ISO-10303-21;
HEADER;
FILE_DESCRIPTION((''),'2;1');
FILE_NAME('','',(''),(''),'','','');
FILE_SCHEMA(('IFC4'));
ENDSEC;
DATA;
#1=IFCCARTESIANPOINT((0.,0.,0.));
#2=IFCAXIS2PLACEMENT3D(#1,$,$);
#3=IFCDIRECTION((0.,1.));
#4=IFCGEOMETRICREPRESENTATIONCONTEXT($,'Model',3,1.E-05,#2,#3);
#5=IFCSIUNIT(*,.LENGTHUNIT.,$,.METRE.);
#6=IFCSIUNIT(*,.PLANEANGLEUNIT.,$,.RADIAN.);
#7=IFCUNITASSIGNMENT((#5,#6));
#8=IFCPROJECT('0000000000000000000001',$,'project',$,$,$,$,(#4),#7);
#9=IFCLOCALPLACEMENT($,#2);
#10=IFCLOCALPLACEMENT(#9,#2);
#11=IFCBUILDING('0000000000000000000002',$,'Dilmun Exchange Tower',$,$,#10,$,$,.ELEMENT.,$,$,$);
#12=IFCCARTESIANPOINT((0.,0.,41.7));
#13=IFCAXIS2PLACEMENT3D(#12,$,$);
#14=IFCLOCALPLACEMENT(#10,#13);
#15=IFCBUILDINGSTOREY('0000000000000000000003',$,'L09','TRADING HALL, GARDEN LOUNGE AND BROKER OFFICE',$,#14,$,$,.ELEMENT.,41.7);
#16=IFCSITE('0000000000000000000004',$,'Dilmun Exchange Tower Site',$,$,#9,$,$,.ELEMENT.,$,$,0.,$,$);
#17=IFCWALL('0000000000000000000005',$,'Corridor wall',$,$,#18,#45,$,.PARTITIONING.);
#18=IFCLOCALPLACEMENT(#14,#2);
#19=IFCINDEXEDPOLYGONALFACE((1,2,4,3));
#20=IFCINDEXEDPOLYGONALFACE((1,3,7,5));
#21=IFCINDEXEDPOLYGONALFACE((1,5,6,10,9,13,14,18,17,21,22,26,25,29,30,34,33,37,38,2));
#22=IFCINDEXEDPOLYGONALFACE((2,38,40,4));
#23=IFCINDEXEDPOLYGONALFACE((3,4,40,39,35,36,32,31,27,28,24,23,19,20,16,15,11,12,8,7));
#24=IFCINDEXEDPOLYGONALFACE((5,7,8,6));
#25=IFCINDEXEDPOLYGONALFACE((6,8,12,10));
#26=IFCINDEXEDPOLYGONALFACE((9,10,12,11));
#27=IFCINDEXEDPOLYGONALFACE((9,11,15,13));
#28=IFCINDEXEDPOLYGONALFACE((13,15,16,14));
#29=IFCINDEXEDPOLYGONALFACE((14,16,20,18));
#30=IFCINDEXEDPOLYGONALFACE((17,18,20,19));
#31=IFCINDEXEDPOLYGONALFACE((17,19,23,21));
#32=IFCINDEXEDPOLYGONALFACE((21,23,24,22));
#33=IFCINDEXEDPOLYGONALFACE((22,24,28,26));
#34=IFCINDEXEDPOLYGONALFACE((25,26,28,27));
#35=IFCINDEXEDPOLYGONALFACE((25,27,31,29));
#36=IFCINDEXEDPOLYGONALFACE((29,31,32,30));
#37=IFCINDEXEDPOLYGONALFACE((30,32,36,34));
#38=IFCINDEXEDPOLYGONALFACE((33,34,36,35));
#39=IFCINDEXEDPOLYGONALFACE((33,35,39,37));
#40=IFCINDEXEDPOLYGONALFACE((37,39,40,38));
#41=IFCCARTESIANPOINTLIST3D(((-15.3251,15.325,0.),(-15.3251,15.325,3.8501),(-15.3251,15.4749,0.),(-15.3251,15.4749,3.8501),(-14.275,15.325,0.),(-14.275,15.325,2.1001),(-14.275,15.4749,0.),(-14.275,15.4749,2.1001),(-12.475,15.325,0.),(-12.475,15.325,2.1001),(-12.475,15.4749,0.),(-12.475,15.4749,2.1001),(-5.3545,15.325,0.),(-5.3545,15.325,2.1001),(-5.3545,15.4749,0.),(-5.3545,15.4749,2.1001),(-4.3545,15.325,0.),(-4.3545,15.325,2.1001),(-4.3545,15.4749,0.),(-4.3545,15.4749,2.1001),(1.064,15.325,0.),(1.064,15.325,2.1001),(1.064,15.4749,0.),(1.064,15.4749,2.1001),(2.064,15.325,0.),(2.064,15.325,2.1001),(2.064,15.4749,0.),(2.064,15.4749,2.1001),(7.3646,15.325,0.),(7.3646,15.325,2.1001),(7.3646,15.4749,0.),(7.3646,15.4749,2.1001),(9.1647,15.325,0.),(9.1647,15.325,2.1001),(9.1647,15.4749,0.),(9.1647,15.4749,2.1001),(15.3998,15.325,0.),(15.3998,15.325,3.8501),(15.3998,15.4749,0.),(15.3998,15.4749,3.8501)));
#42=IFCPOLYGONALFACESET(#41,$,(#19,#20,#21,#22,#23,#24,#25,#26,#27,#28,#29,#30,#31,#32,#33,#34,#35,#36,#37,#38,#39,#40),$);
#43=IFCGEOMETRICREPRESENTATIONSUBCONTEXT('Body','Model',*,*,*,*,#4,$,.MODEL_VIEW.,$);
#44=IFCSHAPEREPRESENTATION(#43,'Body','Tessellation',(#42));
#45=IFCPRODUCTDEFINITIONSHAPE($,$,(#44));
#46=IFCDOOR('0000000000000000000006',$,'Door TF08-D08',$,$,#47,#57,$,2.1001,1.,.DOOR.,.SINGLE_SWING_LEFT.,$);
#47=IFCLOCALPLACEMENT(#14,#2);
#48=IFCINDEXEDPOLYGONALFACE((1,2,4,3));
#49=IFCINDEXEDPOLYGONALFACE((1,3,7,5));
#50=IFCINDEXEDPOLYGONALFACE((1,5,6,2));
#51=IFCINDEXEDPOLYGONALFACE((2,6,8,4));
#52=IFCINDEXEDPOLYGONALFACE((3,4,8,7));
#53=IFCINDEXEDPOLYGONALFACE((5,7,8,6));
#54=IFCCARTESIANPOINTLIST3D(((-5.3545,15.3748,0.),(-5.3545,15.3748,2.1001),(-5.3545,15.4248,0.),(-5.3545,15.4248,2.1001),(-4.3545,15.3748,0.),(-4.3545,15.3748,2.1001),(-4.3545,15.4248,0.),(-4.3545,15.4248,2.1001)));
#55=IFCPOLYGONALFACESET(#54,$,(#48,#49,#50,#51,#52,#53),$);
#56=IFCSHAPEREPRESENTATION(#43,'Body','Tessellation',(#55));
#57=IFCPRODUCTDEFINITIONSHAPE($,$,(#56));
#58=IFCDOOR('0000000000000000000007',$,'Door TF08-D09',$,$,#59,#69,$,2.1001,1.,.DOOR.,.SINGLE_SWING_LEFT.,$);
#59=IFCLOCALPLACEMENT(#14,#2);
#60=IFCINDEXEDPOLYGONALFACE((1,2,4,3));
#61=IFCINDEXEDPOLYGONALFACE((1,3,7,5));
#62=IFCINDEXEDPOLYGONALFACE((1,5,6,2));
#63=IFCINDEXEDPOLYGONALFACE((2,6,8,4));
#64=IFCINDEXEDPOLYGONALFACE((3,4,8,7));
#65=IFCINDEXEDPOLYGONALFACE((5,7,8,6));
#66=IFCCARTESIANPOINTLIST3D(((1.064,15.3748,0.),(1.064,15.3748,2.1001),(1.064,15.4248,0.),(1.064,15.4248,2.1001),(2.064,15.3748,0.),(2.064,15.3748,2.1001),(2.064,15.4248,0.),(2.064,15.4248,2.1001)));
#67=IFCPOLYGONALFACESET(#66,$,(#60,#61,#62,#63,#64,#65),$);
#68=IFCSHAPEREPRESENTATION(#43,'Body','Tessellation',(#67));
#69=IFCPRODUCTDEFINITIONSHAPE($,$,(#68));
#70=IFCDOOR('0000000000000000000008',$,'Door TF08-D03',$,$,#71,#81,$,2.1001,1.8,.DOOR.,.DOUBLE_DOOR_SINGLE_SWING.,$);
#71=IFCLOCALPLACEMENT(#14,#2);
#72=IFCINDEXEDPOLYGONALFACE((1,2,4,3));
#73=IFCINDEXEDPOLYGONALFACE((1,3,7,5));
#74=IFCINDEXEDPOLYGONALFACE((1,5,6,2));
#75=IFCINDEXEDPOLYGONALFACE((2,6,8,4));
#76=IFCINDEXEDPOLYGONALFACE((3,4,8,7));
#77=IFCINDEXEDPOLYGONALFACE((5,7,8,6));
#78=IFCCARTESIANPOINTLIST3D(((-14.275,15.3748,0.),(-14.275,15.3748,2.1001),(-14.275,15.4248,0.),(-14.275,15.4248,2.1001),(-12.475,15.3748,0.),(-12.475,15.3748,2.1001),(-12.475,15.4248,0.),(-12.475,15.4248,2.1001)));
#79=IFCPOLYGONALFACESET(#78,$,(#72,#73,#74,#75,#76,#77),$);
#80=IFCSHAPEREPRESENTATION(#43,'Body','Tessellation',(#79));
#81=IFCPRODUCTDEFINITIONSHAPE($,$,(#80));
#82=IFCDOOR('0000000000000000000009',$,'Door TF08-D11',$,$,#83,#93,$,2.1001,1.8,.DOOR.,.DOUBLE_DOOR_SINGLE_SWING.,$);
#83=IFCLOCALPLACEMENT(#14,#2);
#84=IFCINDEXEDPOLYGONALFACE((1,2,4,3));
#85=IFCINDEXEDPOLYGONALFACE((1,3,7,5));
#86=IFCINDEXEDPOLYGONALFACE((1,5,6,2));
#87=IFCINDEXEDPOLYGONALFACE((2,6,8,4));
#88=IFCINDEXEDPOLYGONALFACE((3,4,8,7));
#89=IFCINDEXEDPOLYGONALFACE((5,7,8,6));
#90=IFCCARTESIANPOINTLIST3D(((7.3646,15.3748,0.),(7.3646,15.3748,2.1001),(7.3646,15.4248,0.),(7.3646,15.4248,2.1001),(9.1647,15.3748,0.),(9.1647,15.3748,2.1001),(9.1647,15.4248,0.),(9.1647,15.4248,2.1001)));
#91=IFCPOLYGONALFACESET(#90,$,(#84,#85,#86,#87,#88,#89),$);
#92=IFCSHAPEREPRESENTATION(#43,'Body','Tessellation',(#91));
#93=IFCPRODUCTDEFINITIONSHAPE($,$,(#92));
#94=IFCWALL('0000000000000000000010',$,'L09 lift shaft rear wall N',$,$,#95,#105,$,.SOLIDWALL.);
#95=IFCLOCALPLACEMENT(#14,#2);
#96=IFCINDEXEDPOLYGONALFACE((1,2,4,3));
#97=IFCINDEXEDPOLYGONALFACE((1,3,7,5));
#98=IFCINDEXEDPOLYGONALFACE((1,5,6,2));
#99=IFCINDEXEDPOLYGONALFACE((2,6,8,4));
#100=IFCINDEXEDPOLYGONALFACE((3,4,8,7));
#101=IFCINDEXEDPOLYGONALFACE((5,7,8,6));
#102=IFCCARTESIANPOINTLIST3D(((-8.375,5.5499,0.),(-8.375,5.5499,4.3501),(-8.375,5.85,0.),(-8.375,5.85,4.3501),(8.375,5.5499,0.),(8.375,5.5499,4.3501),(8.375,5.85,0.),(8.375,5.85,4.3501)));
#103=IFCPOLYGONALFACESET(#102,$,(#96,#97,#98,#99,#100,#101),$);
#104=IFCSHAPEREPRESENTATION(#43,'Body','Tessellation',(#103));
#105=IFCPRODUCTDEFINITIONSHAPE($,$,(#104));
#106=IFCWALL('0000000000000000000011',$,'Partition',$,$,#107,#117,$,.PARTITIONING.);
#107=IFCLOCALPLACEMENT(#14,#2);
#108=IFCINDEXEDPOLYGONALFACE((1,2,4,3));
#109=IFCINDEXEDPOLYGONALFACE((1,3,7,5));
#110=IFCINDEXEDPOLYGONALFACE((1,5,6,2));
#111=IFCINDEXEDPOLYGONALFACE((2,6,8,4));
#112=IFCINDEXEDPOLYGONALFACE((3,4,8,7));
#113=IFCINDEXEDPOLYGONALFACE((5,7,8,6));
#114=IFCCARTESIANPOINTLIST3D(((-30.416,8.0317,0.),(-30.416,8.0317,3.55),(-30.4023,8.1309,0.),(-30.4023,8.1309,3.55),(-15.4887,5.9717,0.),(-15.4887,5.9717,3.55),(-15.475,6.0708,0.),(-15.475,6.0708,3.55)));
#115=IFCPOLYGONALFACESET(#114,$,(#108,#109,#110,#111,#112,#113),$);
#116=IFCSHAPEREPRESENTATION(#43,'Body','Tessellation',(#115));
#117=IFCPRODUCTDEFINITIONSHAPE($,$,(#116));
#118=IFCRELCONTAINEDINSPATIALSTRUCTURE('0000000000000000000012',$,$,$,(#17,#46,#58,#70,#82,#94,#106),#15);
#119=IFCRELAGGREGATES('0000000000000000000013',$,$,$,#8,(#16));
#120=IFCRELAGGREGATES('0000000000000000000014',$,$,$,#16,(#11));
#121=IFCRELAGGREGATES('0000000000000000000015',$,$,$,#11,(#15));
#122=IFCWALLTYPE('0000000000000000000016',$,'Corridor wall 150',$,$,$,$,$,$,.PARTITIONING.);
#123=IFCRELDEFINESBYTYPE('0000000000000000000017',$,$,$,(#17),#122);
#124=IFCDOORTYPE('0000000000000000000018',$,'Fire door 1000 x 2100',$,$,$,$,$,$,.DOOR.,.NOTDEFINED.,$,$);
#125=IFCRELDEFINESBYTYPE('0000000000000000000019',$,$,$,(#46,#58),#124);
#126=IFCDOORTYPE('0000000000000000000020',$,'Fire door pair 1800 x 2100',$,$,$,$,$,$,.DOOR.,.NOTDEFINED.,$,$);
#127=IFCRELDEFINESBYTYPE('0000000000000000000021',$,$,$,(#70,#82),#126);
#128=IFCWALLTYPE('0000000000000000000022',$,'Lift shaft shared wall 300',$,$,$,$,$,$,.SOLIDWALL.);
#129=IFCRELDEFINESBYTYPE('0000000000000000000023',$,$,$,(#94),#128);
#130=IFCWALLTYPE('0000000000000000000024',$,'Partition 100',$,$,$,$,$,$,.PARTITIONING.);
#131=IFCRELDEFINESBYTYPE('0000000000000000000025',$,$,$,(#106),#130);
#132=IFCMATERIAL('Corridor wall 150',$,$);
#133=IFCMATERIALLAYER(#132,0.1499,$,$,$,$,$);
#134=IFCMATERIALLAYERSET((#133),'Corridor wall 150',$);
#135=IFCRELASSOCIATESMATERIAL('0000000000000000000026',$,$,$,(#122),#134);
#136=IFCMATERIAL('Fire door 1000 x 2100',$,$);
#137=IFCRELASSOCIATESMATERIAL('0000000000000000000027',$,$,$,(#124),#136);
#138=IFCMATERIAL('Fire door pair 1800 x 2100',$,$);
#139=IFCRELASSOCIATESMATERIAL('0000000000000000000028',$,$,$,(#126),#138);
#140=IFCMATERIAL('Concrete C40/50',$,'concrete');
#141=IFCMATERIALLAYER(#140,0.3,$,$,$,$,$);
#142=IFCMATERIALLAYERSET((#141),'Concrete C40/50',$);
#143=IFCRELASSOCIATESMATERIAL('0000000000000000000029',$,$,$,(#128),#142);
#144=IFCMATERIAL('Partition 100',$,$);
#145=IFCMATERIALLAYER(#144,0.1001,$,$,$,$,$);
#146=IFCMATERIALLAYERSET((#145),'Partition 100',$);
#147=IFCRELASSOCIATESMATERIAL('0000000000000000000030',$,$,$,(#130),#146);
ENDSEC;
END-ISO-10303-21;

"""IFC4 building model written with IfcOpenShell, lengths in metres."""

from ifc_helpers import new_model, si_unit, direction, frame, frame_2d, origin, place, context, subcontext, project, spatial, rectangle, extrude, material, layer, layer_set, type_object, element, fill, save


model = new_model("IFC4")

# Units and contexts
model_context = context("Model", 3, precision=1e-05, world=origin(), true_north=direction((0.0, 1.0)))
body_context = subcontext(model_context, "Body", "Model", "MODEL_VIEW")
ifc_project = project(units=[si_unit("LENGTHUNIT", "METRE"), si_unit("PLANEANGLEUNIT", "RADIAN")], contexts=[model_context])

# Site, building, storey
site_placement = place(None, origin())
site = spatial("IfcSite", under=ifc_project, at=site_placement, Name="Dilmun Exchange Tower Site", CompositionType="ELEMENT", RefElevation=0.0)
building_placement = place(site_placement, origin())
building = spatial("IfcBuilding", under=site, at=building_placement, Name="Dilmun Exchange Tower", CompositionType="ELEMENT")
storey_placement = place(building_placement, frame((0.0, 0.0, 41.7)))
storey = spatial("IfcBuildingStorey", under=building, at=storey_placement, Name="L09", Description="TRADING HALL, GARDEN LOUNGE AND BROKER OFFICE", CompositionType="ELEMENT", Elevation=41.7)

# Shared definitions
ifc_material_1 = material(Name="Concrete C40/50", Category="concrete")

# Wall, openings, doors
ifc_material_2 = material(Name="Corridor wall 150")
ifc_layer_1 = layer(ifc_material_2, 0.1499)
ifc_layer_set_1 = layer_set([ifc_layer_1], Name="Corridor wall 150")
wall_type_1 = type_object("IfcWallType", Name="Corridor wall 150", PredefinedType="PARTITIONING", material=ifc_layer_set_1)
wall_1_placement = place(storey_placement, frame((-15.325, 15.3999, 0.0), z_axis=(0.0, 0.0, 1.0), x_axis=(1.0, 0.0, 0.0)))
wall_1 = element("IfcWall", 1, at=wall_1_placement, inside=storey, type_object=wall_type_1, Name="Corridor wall", PredefinedType="PARTITIONING", context=body_context, shape_type="SweptSolid", body=[
    extrude(rectangle(XDim=30.7249, YDim=0.1499, at=frame_2d((15.3623, 0.0))), origin(), (0.0, 0.0, 1.0), 3.8501),
])
opening_1_placement = place(wall_1_placement, frame((1.05, 0.0, 0.0)))
opening_1 = element("IfcOpeningElement", 2, at=opening_1_placement, cuts=wall_1, PredefinedType="OPENING", context=body_context, shape_type="SweptSolid", body=[
    extrude(rectangle(XDim=1.8, YDim=2.1001, at=frame_2d((0.8999, 1.05))), frame((0.0, 0.085, 0.0), z_axis=(0.0, -1.0, 0.0), x_axis=(1.0, 0.0, 0.0)), (0.0, 0.0, 1.0), 0.1699),
])
opening_2_placement = place(wall_1_placement, frame((9.9705, 0.0, 0.0)))
opening_2 = element("IfcOpeningElement", 3, at=opening_2_placement, cuts=wall_1, PredefinedType="OPENING", context=body_context, shape_type="SweptSolid", body=[
    extrude(rectangle(XDim=1.0, YDim=2.1001, at=frame_2d((0.5, 1.05))), frame((0.0, 0.085, 0.0), z_axis=(0.0, -1.0, 0.0), x_axis=(1.0, 0.0, 0.0)), (0.0, 0.0, 1.0), 0.1699),
])
opening_3_placement = place(wall_1_placement, frame((16.3889, 0.0, 0.0)))
opening_3 = element("IfcOpeningElement", 4, at=opening_3_placement, cuts=wall_1, PredefinedType="OPENING", context=body_context, shape_type="SweptSolid", body=[
    extrude(rectangle(XDim=1.0, YDim=2.1001, at=frame_2d((0.5, 1.05))), frame((0.0, 0.085, 0.0), z_axis=(0.0, -1.0, 0.0), x_axis=(1.0, 0.0, 0.0)), (0.0, 0.0, 1.0), 0.1699),
])
opening_4_placement = place(wall_1_placement, frame((22.6897, 0.0, 0.0)))
opening_4 = element("IfcOpeningElement", 5, at=opening_4_placement, cuts=wall_1, PredefinedType="OPENING", context=body_context, shape_type="SweptSolid", body=[
    extrude(rectangle(XDim=1.8, YDim=2.1001, at=frame_2d((0.8999, 1.05))), frame((0.0, 0.085, 0.0), z_axis=(0.0, -1.0, 0.0), x_axis=(1.0, 0.0, 0.0)), (0.0, 0.0, 1.0), 0.1699),
])
ifc_material_3 = material(Name="Fire door 1000 x 2100")
door_type_1 = type_object("IfcDoorType", Name="Fire door 1000 x 2100", OperationType="NOTDEFINED", PredefinedType="DOOR", material=ifc_material_3)
door_1_placement = place(opening_2_placement, origin())
door_1 = element("IfcDoor", 6, at=door_1_placement, inside=storey, type_object=door_type_1, Name="Door TF08-D08", OperationType="SINGLE_SWING_LEFT", OverallHeight=2.1001, OverallWidth=1.0, PredefinedType="DOOR", context=body_context, shape_type="SweptSolid", body=[
    extrude(rectangle(XDim=1.0, YDim=2.1001, at=frame_2d((0.5, 1.05))), frame((0.0, 0.0249, 0.0), z_axis=(0.0, -1.0, 0.0), x_axis=(1.0, 0.0, 0.0)), (0.0, 0.0, 1.0), 0.05),
])
fill(opening_2, door_1)
door_2_placement = place(opening_3_placement, origin())
door_2 = element("IfcDoor", 7, at=door_2_placement, inside=storey, type_object=door_type_1, Name="Door TF08-D09", OperationType="SINGLE_SWING_LEFT", OverallHeight=2.1001, OverallWidth=1.0, PredefinedType="DOOR", context=body_context, shape_type="SweptSolid", body=[
    extrude(rectangle(XDim=1.0, YDim=2.1001, at=frame_2d((0.5, 1.05))), frame((0.0, 0.0249, 0.0), z_axis=(0.0, -1.0, 0.0), x_axis=(1.0, 0.0, 0.0)), (0.0, 0.0, 1.0), 0.05),
])
fill(opening_3, door_2)
ifc_material_4 = material(Name="Fire door pair 1800 x 2100")
door_type_2 = type_object("IfcDoorType", Name="Fire door pair 1800 x 2100", OperationType="NOTDEFINED", PredefinedType="DOOR", material=ifc_material_4)
door_3_placement = place(opening_1_placement, origin())
door_3 = element("IfcDoor", 8, at=door_3_placement, inside=storey, type_object=door_type_2, Name="Door TF08-D03", OperationType="DOUBLE_DOOR_SINGLE_SWING", OverallHeight=2.1001, OverallWidth=1.8, PredefinedType="DOOR", context=body_context, shape_type="SweptSolid", body=[
    extrude(rectangle(XDim=1.8, YDim=2.1001, at=frame_2d((0.8999, 1.05))), frame((0.0, 0.0249, 0.0), z_axis=(0.0, -1.0, 0.0), x_axis=(1.0, 0.0, 0.0)), (0.0, 0.0, 1.0), 0.05),
])
fill(opening_1, door_3)
door_4_placement = place(opening_4_placement, origin())
door_4 = element("IfcDoor", 9, at=door_4_placement, inside=storey, type_object=door_type_2, Name="Door TF08-D11", OperationType="DOUBLE_DOOR_SINGLE_SWING", OverallHeight=2.1001, OverallWidth=1.8, PredefinedType="DOOR", context=body_context, shape_type="SweptSolid", body=[
    extrude(rectangle(XDim=1.8, YDim=2.1001, at=frame_2d((0.8999, 1.05))), frame((0.0, 0.0249, 0.0), z_axis=(0.0, -1.0, 0.0), x_axis=(1.0, 0.0, 0.0)), (0.0, 0.0, 1.0), 0.05),
])
fill(opening_4, door_4)

# Walls
ifc_layer_2 = layer(ifc_material_1, 0.3)
ifc_layer_set_2 = layer_set([ifc_layer_2], Name="Concrete C40/50")
wall_type_2 = type_object("IfcWallType", Name="Lift shaft shared wall 300", PredefinedType="SOLIDWALL", material=ifc_layer_set_2)
wall_2_placement = place(storey_placement, frame((-8.375, 5.7, 0.0), z_axis=(0.0, 0.0, 1.0), x_axis=(1.0, 0.0, 0.0)))
element("IfcWall", 10, at=wall_2_placement, inside=storey, type_object=wall_type_2, Name="L09 lift shaft rear wall N", PredefinedType="SOLIDWALL", context=body_context, shape_type="SweptSolid", body=[
    extrude(rectangle(XDim=16.75, YDim=0.3, at=frame_2d((8.375, 0.0))), origin(), (0.0, 0.0, 1.0), 4.3501),
])
ifc_material_5 = material(Name="Partition 100")
ifc_layer_3 = layer(ifc_material_5, 0.1001)
ifc_layer_set_3 = layer_set([ifc_layer_3], Name="Partition 100")
wall_type_3 = type_object("IfcWallType", Name="Partition 100", PredefinedType="PARTITIONING", material=ifc_layer_set_3)
wall_3_placement = place(storey_placement, frame((-30.4092, 8.0813, 0.0), z_axis=(0.0, 0.0, 1.0), x_axis=(0.990611, -0.136709, 0.0)))
element("IfcWall", 11, at=wall_3_placement, inside=storey, type_object=wall_type_3, Name="Partition", PredefinedType="PARTITIONING", context=body_context, shape_type="SweptSolid", body=[
    extrude(rectangle(XDim=15.0688, YDim=0.1001, at=frame_2d((7.5344, 0.0))), origin(), (0.0, 0.0, 1.0), 3.55),
])

save(model, "model.ifc")
